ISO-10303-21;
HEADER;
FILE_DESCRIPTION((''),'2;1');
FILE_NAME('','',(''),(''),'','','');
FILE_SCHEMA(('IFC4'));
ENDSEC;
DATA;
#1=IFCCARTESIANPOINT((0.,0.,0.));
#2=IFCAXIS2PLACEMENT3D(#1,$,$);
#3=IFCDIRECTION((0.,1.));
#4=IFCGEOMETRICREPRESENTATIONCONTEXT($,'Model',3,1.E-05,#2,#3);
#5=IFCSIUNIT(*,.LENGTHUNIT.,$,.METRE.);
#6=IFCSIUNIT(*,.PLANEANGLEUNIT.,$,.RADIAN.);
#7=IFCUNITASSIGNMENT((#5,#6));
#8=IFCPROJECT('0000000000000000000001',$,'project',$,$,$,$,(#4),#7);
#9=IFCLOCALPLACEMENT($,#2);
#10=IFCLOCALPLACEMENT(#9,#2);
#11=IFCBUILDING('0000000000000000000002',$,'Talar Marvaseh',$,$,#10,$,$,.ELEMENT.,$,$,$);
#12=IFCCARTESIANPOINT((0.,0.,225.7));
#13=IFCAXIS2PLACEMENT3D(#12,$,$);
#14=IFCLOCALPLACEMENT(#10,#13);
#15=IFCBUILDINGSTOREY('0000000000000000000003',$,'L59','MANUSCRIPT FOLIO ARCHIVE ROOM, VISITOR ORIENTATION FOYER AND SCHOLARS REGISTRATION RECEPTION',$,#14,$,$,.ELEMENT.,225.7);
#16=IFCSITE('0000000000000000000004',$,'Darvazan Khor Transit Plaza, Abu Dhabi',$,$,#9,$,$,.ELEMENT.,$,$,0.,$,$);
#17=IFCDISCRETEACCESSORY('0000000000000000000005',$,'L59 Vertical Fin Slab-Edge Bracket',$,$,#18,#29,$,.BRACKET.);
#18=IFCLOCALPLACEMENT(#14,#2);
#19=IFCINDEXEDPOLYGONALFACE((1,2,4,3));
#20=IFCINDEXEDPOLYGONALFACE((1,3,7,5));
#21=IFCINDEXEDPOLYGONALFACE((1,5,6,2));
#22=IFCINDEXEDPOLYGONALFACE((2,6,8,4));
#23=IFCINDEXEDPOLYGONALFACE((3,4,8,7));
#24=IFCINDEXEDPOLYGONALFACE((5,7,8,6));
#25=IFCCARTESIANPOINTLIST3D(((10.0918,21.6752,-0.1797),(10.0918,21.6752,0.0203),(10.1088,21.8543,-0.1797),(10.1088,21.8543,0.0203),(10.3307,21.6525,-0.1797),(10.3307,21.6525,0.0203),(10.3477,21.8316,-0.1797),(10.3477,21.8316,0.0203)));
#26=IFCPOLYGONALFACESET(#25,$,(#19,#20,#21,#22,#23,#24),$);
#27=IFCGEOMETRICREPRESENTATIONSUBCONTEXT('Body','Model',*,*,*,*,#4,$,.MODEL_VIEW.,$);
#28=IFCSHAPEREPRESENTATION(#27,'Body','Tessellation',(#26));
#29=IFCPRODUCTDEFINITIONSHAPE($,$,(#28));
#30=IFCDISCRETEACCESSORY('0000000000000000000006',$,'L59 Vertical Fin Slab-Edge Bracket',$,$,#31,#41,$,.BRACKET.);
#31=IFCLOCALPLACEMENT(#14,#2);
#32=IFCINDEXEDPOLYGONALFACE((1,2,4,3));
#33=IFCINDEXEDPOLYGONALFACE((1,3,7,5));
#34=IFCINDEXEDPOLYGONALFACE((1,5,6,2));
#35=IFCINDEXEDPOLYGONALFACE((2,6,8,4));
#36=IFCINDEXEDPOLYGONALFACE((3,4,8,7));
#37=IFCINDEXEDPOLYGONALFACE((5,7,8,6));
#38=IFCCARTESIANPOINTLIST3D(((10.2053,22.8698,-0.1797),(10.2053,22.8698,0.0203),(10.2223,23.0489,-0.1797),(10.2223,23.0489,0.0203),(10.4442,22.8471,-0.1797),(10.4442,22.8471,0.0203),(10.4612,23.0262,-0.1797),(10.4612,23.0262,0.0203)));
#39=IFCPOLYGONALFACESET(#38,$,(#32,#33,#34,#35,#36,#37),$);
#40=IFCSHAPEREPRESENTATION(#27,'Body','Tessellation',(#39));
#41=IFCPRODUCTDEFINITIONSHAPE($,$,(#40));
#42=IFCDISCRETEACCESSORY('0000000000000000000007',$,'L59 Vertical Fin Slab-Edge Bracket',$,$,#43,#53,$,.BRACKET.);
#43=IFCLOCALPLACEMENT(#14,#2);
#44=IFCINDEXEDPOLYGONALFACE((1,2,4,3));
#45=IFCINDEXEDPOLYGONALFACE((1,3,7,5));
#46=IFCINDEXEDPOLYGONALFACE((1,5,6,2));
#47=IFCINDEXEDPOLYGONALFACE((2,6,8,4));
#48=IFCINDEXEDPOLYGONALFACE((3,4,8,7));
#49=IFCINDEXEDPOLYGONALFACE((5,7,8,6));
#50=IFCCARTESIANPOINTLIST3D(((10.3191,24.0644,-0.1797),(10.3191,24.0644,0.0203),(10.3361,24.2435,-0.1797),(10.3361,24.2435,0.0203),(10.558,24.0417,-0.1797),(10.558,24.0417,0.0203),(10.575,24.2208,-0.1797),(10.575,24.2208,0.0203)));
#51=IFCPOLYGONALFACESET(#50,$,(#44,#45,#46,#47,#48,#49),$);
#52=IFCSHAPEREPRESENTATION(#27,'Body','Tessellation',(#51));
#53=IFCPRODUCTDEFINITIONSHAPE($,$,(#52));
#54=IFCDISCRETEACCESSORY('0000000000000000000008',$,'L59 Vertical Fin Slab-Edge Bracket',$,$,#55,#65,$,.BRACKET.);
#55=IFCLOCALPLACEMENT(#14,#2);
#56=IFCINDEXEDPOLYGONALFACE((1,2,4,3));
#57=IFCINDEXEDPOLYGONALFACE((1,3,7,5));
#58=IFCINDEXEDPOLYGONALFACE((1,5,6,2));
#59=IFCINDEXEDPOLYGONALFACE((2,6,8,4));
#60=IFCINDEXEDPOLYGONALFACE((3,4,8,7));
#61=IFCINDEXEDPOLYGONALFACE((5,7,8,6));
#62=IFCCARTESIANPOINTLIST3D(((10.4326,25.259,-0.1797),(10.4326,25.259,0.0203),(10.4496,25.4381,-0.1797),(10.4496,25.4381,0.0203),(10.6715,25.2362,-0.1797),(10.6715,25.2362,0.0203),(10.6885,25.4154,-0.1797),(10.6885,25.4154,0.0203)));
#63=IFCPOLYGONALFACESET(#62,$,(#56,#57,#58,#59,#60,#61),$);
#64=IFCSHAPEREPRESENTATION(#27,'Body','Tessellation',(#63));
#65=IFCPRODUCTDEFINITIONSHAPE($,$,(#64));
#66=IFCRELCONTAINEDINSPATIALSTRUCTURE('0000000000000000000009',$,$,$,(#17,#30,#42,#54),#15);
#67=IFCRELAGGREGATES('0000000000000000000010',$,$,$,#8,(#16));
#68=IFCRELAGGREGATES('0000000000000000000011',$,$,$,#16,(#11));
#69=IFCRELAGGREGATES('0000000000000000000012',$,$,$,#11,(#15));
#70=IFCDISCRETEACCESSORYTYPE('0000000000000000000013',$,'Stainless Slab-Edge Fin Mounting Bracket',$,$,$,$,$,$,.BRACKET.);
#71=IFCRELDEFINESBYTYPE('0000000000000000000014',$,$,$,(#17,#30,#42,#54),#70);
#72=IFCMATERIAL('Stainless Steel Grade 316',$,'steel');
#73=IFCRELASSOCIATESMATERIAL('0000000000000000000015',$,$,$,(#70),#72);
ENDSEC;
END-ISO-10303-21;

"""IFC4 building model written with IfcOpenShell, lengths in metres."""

from ifc_helpers import new_model, si_unit, direction, frame, origin, origin_2d, place, context, subcontext, project, spatial, rectangle, extrude, source, transform, mapped, material, type_object, type_shapes, element, save


model = new_model("IFC4")

# Units and contexts
model_context = context("Model", 3, precision=1e-05, world=origin(), true_north=direction((0.0, 1.0)))
body_context = subcontext(model_context, "Body", "Model", "MODEL_VIEW")
ifc_project = project(units=[si_unit("LENGTHUNIT", "METRE"), si_unit("PLANEANGLEUNIT", "RADIAN")], contexts=[model_context])

# Site, building, storey
site_placement = place(None, origin())
site = spatial("IfcSite", under=ifc_project, at=site_placement, Name="Darvazan Khor Transit Plaza, Abu Dhabi", CompositionType="ELEMENT", RefElevation=0.0)
building_placement = place(site_placement, origin())
building = spatial("IfcBuilding", under=site, at=building_placement, Name="Talar Marvaseh", CompositionType="ELEMENT")
storey_placement = place(building_placement, frame((0.0, 0.0, 225.7)))
storey = spatial("IfcBuildingStorey", under=building, at=storey_placement, Name="L59", Description="MANUSCRIPT FOLIO ARCHIVE ROOM, VISITOR ORIENTATION FOYER AND SCHOLARS REGISTRATION RECEPTION", CompositionType="ELEMENT", Elevation=225.7)

# Discrete accessories
ifc_material_1 = material(Name="Stainless Steel Grade 316", Category="steel")
discrete_accessory_type = type_object("IfcDiscreteAccessoryType", Name="Stainless Slab-Edge Fin Mounting Bracket", PredefinedType="BRACKET", material=ifc_material_1)
shared_shape_1 = source(origin(), body_context, "Body", "SweptSolid", [
    extrude(rectangle(XDim=0.24, YDim=0.1799, at=origin_2d()), origin(), (0.0, 0.0, 1.0), 0.2),
])
type_shapes(discrete_accessory_type, [shared_shape_1])
for number, where, z_axis, x_axis, name in (
    (1, (10.2197, 21.7534, -0.1797), (0.0, 0.0, 1.0), (-0.995513, 0.09463, 0.0), "L59 Vertical Fin Slab-Edge Bracket"),
    (2, (10.3333, 22.948, -0.1797), (0.0, 0.0, 1.0), (-0.995513, 0.09463, 0.0), "L59 Vertical Fin Slab-Edge Bracket"),
    (3, (10.447, 24.1426, -0.1797), (0.0, 0.0, 1.0), (-0.995513, 0.09463, 0.0), "L59 Vertical Fin Slab-Edge Bracket"),
    (4, (10.5605, 25.3372, -0.1797), (0.0, 0.0, 1.0), (-0.995513, 0.09463, 0.0), "L59 Vertical Fin Slab-Edge Bracket"),
):
    element("IfcDiscreteAccessory", number, at=place(storey_placement, frame(where, z_axis=z_axis, x_axis=x_axis)), inside=storey, type_object=discrete_accessory_type, Name=name, PredefinedType="BRACKET", context=body_context, shape_type="MappedRepresentation", body=[
        mapped(shared_shape_1, transform((0.0, 0.0, 0.0), x_axis=(1.0, 0.0, 0.0), y_axis=(0.0, 1.0, 0.0), z_axis=(0.0, 0.0, 1.0), scale=1.0)),
    ])

save(model, "model.ifc")
